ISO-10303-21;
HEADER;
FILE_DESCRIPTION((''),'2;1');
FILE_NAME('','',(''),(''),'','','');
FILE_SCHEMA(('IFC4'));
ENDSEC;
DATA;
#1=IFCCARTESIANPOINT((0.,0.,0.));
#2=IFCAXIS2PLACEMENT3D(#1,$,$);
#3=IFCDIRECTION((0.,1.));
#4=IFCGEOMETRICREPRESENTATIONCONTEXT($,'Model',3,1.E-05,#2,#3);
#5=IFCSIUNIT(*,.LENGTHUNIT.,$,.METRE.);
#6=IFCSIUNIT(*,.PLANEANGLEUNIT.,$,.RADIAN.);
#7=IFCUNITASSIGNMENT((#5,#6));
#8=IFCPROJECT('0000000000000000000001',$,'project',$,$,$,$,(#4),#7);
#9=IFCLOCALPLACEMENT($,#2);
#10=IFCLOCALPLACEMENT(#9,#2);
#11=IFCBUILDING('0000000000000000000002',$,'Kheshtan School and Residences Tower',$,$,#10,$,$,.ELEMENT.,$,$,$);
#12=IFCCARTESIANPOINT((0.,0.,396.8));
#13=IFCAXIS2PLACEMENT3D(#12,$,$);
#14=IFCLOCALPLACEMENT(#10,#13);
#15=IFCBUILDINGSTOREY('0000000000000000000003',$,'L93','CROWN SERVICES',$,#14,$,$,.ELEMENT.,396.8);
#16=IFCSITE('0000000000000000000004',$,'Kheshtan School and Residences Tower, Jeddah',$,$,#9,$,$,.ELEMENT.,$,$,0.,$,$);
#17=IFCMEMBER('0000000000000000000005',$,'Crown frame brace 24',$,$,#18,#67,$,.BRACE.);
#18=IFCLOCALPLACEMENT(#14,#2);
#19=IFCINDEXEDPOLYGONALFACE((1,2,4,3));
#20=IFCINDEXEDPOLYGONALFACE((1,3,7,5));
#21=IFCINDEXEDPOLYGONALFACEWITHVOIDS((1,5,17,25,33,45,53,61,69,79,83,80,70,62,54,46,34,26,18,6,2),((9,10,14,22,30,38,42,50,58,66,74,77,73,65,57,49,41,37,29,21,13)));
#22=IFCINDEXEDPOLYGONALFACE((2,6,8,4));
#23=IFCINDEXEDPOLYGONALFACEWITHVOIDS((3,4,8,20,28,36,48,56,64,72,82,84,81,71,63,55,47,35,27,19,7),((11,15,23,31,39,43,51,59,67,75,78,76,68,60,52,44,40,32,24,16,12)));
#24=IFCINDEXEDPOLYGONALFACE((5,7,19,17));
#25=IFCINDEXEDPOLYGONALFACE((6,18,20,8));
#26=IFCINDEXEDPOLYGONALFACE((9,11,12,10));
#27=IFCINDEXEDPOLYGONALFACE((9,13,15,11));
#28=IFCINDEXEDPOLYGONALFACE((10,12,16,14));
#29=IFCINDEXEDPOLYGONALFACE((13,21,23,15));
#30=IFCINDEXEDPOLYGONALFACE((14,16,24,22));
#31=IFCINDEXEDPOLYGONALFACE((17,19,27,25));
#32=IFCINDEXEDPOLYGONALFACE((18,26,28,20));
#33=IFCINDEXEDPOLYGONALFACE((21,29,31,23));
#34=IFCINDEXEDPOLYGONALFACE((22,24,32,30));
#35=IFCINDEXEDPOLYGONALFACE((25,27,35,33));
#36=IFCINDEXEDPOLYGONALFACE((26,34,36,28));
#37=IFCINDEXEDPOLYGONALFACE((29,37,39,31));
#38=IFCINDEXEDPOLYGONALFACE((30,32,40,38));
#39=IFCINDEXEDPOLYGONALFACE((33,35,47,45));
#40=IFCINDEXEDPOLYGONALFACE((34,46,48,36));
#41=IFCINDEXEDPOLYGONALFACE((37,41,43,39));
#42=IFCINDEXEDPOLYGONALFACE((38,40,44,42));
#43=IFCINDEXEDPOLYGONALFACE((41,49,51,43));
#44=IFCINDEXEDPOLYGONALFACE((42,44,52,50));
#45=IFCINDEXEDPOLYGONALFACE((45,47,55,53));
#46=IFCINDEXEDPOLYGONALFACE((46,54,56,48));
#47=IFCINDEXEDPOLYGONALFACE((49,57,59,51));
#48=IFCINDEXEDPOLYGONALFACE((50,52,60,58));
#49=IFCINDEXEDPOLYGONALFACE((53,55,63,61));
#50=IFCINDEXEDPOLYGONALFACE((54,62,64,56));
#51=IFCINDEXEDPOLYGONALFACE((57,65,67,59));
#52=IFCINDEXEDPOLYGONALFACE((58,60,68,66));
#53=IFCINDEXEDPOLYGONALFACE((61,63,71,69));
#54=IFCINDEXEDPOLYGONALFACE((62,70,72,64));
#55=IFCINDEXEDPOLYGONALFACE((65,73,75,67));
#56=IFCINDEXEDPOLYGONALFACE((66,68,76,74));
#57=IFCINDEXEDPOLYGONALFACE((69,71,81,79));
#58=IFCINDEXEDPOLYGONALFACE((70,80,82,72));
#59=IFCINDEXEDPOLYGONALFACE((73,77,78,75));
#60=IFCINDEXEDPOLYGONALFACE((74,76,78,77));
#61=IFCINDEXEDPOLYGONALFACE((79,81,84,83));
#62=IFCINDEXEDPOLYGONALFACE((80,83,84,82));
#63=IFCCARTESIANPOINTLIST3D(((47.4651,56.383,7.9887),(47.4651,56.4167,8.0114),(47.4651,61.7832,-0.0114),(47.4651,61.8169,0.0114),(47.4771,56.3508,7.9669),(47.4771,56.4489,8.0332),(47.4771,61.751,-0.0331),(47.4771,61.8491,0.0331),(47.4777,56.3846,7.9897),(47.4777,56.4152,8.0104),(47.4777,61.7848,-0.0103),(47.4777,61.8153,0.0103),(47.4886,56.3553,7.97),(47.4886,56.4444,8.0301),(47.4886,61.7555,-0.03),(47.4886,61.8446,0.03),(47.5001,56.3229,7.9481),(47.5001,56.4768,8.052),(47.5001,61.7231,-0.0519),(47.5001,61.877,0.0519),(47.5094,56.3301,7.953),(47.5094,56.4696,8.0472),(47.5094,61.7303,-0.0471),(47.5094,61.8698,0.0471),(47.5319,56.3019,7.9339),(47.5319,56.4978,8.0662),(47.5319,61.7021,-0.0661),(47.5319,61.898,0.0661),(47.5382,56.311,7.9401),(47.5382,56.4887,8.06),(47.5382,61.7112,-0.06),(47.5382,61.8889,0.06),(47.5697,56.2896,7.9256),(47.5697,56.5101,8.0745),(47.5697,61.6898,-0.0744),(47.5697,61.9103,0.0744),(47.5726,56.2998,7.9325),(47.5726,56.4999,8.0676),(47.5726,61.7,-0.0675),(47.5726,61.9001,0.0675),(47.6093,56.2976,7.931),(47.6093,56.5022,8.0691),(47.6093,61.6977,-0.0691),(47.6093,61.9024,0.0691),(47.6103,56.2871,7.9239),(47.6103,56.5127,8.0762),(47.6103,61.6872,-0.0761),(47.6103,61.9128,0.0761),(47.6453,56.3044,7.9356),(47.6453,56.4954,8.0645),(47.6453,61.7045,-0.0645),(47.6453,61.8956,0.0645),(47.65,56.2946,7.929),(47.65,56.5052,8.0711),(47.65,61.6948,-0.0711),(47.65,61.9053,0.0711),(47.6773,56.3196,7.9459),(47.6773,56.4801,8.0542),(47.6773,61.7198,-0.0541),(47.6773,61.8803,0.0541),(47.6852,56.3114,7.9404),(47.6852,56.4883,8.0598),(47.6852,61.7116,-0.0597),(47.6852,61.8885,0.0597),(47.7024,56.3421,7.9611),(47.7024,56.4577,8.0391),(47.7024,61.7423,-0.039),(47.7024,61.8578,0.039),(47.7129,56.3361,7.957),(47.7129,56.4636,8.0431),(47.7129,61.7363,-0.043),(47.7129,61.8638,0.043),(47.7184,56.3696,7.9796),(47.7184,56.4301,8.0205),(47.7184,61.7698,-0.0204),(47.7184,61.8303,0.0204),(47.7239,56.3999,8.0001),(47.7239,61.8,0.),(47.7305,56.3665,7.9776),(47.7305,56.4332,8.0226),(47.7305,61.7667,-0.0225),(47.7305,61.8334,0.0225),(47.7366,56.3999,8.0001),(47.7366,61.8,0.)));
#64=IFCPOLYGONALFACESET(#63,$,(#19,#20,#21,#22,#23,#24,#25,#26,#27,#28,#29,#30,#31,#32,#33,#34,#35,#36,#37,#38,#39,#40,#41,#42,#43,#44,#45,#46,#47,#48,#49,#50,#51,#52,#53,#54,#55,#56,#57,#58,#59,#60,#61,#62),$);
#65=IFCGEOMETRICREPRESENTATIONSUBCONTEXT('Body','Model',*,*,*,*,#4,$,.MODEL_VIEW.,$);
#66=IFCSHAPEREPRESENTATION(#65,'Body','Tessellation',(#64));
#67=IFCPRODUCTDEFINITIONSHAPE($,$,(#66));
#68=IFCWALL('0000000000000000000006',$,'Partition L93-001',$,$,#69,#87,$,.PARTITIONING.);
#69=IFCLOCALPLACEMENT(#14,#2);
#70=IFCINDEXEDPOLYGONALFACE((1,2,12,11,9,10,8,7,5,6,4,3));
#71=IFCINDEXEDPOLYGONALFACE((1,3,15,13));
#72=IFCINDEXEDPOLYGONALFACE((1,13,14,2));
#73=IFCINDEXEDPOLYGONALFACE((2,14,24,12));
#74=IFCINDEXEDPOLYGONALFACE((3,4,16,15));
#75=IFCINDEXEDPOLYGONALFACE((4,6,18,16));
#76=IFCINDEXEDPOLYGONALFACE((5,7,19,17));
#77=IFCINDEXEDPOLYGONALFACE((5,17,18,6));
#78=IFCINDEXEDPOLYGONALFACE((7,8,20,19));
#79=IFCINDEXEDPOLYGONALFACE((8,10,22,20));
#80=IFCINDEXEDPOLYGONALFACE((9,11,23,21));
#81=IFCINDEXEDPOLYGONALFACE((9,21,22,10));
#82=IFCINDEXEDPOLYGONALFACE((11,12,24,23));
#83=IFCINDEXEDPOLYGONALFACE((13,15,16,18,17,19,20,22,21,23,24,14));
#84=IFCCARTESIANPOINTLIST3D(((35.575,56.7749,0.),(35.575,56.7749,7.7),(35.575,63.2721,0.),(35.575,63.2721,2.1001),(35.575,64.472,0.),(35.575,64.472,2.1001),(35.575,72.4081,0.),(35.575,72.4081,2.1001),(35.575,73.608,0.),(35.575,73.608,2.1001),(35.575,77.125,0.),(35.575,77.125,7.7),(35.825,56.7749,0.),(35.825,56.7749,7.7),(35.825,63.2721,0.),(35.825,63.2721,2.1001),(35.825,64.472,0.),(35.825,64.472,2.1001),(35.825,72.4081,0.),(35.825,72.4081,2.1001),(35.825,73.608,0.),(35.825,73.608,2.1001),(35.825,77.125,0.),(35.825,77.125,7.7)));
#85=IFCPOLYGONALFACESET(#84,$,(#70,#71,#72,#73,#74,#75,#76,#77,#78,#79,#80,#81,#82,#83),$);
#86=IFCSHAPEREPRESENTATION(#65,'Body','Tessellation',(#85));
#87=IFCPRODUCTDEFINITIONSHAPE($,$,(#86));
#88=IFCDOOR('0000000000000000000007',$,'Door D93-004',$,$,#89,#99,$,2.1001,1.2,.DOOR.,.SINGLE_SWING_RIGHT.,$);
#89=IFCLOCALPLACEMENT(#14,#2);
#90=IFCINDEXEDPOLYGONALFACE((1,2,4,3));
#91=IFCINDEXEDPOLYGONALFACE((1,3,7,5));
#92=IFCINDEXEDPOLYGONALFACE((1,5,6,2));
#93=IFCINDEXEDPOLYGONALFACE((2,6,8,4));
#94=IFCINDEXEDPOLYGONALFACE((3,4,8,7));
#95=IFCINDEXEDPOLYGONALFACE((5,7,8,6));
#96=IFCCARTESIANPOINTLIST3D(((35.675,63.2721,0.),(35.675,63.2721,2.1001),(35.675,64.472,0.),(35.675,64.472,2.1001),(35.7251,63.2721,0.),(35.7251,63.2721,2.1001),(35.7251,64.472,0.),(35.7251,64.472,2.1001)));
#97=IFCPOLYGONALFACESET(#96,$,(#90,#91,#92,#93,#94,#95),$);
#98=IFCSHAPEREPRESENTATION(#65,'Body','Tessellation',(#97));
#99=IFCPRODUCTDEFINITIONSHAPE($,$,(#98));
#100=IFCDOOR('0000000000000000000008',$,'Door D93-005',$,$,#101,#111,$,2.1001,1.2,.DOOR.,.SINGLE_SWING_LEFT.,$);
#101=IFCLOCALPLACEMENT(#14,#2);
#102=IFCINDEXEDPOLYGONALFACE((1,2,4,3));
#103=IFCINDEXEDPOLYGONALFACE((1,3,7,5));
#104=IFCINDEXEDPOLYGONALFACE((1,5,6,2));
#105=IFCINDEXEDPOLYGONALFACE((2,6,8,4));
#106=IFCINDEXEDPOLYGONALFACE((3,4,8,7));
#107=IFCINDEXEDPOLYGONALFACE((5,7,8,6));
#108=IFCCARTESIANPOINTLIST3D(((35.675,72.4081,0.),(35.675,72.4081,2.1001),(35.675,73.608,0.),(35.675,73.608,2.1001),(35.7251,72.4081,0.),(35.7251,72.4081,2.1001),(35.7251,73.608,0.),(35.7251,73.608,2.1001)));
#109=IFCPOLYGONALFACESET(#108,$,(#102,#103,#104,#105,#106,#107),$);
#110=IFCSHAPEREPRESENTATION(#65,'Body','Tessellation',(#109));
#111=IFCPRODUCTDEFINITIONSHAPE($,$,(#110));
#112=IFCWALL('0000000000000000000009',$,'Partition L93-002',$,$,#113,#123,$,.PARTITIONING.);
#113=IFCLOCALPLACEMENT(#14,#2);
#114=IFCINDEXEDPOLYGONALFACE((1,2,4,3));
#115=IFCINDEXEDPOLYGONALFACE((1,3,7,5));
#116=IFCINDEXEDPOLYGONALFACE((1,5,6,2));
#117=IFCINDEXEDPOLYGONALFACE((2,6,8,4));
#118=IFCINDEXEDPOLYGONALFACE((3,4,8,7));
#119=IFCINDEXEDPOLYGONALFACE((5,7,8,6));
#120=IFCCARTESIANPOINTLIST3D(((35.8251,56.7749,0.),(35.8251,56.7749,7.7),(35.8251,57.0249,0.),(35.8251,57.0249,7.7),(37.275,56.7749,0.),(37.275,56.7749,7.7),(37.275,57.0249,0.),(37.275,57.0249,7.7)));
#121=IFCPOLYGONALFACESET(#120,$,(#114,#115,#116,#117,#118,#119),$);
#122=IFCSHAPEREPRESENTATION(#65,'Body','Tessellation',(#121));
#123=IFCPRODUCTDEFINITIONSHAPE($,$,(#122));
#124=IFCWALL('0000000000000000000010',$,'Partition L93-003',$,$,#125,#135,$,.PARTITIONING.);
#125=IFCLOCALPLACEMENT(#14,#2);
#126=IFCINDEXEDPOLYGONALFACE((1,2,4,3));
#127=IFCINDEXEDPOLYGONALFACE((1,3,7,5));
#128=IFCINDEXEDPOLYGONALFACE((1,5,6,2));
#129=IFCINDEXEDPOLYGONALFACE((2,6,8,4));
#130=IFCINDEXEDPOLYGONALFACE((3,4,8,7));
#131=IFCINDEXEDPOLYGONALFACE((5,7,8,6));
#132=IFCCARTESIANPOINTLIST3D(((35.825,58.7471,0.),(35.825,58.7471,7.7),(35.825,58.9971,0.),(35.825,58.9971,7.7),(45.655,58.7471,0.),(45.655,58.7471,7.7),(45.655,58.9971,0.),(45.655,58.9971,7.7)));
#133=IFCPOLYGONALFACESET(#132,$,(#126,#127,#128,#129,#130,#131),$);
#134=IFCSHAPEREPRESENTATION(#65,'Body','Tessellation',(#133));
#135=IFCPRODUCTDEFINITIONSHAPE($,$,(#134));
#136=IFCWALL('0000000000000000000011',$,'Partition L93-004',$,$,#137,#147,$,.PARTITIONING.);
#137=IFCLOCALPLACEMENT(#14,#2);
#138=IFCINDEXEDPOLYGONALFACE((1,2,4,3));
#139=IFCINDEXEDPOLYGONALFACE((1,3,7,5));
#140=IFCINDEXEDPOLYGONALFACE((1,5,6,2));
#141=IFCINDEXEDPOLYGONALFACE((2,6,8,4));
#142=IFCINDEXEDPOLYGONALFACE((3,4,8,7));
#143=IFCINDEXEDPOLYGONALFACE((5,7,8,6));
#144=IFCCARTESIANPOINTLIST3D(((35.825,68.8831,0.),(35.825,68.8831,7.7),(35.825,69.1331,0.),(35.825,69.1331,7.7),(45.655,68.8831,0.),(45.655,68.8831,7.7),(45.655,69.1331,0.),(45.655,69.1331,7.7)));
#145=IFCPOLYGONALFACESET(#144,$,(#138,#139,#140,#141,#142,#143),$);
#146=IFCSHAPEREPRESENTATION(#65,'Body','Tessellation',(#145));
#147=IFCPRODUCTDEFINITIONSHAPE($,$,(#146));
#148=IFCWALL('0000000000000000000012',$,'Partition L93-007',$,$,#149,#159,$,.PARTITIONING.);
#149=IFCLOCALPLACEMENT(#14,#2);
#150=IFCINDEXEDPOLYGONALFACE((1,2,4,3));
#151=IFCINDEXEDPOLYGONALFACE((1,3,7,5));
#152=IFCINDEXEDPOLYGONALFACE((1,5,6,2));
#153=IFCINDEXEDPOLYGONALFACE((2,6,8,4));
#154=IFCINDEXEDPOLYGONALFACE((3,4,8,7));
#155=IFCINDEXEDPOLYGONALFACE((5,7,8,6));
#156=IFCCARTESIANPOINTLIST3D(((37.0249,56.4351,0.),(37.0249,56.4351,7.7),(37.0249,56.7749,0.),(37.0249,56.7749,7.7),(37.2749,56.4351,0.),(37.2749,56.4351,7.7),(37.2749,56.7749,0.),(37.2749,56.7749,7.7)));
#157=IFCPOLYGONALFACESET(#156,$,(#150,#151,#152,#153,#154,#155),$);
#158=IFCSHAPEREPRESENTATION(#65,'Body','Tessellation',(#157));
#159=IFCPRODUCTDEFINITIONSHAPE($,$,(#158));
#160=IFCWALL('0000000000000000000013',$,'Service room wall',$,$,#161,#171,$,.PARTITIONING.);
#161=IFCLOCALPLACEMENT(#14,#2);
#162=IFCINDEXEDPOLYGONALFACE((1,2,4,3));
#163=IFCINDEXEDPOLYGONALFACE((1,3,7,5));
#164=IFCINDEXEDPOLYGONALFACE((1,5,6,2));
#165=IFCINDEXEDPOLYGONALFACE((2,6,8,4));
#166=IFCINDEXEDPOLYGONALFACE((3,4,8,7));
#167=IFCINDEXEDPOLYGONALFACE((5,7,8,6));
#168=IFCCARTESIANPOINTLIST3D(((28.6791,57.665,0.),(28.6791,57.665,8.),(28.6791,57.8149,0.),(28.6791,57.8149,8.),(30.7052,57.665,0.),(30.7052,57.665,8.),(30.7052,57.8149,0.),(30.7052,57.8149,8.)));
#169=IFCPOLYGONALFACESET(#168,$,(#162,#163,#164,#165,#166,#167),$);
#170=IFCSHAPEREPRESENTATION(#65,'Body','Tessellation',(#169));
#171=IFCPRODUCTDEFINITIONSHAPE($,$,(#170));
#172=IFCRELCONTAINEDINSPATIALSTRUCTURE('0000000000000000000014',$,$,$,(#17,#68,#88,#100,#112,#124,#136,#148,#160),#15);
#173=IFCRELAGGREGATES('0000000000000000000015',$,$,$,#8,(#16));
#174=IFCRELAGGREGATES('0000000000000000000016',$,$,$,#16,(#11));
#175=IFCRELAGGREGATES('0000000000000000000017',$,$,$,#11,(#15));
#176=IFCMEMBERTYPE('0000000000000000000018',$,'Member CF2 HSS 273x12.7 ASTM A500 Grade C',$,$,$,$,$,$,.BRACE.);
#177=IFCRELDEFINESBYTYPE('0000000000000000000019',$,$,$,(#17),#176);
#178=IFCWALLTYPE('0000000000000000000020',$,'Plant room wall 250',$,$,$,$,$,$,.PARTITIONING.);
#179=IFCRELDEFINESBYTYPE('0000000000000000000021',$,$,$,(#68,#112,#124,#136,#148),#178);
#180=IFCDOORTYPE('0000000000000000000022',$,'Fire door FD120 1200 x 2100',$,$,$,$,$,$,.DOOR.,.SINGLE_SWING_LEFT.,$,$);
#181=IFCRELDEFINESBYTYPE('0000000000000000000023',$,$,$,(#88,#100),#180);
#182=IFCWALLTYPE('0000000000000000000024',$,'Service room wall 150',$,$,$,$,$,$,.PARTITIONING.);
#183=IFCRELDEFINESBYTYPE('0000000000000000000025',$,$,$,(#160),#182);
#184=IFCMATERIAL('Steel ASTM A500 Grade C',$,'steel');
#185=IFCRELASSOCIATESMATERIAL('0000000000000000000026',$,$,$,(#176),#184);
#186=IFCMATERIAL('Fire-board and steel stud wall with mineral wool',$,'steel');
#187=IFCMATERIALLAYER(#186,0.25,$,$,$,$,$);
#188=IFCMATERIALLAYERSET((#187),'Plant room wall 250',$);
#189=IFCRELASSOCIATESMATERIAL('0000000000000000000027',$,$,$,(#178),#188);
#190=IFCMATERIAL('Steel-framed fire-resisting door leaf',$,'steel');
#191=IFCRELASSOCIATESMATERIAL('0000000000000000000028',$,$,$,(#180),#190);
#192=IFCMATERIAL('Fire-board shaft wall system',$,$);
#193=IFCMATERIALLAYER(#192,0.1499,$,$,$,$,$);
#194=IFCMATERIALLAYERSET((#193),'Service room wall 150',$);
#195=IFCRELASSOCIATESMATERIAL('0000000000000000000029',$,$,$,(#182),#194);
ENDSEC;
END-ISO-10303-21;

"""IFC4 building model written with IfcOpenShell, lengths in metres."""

from ifc_helpers import new_model, si_unit, direction, frame, frame_2d, origin, origin_2d, place, context, subcontext, project, spatial, rectangle, hollow_circle, extrude, source, transform, mapped, material, layer, layer_set, material_profile, profile_set, type_object, element, fill, save


model = new_model("IFC4")

# Units and contexts
model_context = context("Model", 3, precision=1e-05, world=origin(), true_north=direction((0.0, 1.0)))
body_context = subcontext(model_context, "Body", "Model", "MODEL_VIEW")
ifc_project = project(units=[si_unit("LENGTHUNIT", "METRE"), si_unit("PLANEANGLEUNIT", "RADIAN")], contexts=[model_context])

# Site, building, storey
site_placement = place(None, origin())
site = spatial("IfcSite", under=ifc_project, at=site_placement, Name="Kheshtan School and Residences Tower, Jeddah", CompositionType="ELEMENT", RefElevation=0.0)
building_placement = place(site_placement, origin())
building = spatial("IfcBuilding", under=site, at=building_placement, Name="Kheshtan School and Residences Tower", CompositionType="ELEMENT")
storey_placement = place(building_placement, frame((0.0, 0.0, 396.8)))
storey = spatial("IfcBuildingStorey", under=building, at=storey_placement, Name="L93", Description="CROWN SERVICES", CompositionType="ELEMENT", Elevation=396.8)

# Shared definitions
ifc_material_1 = material(Name="Steel ASTM A500 Grade C", Category="steel")

# Member
ifc_material_profile_1 = material_profile(ifc_material_1, hollow_circle(Radius=0.1365, WallThickness=0.0127, at=origin_2d()), Name="HSS 273x12.7")
ifc_profile_set_1 = profile_set([ifc_material_profile_1], Name="Steel ASTM A500 Grade C")
member_type = type_object("IfcMemberType", Name="Member CF2 HSS 273x12.7 ASTM A500 Grade C", PredefinedType="BRACE", material=ifc_profile_set_1)
member_placement = place(storey_placement, frame((47.6001, 61.8, 0.0), z_axis=(0.0, -0.559483, 0.828842), x_axis=(1.0, 0.0, 0.0)))
element("IfcMember", 1, at=member_placement, inside=storey, type_object=member_type, Name="Crown frame brace 24", PredefinedType="BRACE", context=body_context, shape_type="SweptSolid", body=[
    extrude(hollow_circle(Radius=0.1365, WallThickness=0.0127, at=origin_2d()), origin(), (0.0, 0.0, 1.0), 9.6521),
])

# Wall, openings, doors
ifc_material_2 = material(Name="Fire-board and steel stud wall with mineral wool", Category="steel")
ifc_layer_1 = layer(ifc_material_2, 0.25)
ifc_layer_set_1 = layer_set([ifc_layer_1], Name="Plant room wall 250")
wall_type_1 = type_object("IfcWallType", Name="Plant room wall 250", PredefinedType="PARTITIONING", material=ifc_layer_set_1)
wall_1_placement = place(storey_placement, frame((35.7, 56.7749, 0.0), z_axis=(0.0, 0.0, 1.0), x_axis=(0.0, 1.0, 0.0)))
wall_1 = element("IfcWall", 2, at=wall_1_placement, inside=storey, type_object=wall_type_1, Name="Partition L93-001", PredefinedType="PARTITIONING", context=body_context, shape_type="SweptSolid", body=[
    extrude(rectangle(XDim=20.3501, YDim=0.25, at=frame_2d((10.175, 0.0))), origin(), (0.0, 0.0, 1.0), 7.7),
])
opening_1_placement = place(wall_1_placement, frame((6.4971, 0.0, 0.0)))
opening_1 = element("IfcOpeningElement", 3, at=opening_1_placement, cuts=wall_1, PredefinedType="OPENING", context=body_context, shape_type="SweptSolid", body=[
    extrude(rectangle(XDim=1.2, YDim=2.1001, at=frame_2d((0.6001, 1.05))), frame((0.0, 0.135, 0.0), z_axis=(0.0, -1.0, 0.0), x_axis=(1.0, 0.0, 0.0)), (0.0, 0.0, 1.0), 0.27),
])
opening_2_placement = place(wall_1_placement, frame((15.6331, 0.0, 0.0)))
opening_2 = element("IfcOpeningElement", 4, at=opening_2_placement, cuts=wall_1, PredefinedType="OPENING", context=body_context, shape_type="SweptSolid", body=[
    extrude(rectangle(XDim=1.2, YDim=2.1001, at=frame_2d((0.6001, 1.05))), frame((0.0, 0.135, 0.0), z_axis=(0.0, -1.0, 0.0), x_axis=(1.0, 0.0, 0.0)), (0.0, 0.0, 1.0), 0.27),
])
ifc_material_3 = material(Name="Steel-framed fire-resisting door leaf", Category="steel")
door_type_1 = type_object("IfcDoorType", Name="Fire door FD120 1200 x 2100", OperationType="SINGLE_SWING_LEFT", PredefinedType="DOOR", material=ifc_material_3)
shared_shape_1 = source(origin(), body_context, "Body", "SweptSolid", [
    extrude(rectangle(XDim=1.2, YDim=2.1001, at=frame_2d((0.6001, 1.05))), frame((0.0, 0.0249, 0.0), z_axis=(0.0, -1.0, 0.0), x_axis=(1.0, 0.0, 0.0)), (0.0, 0.0, 1.0), 0.05),
])
door_1_placement = place(opening_1_placement, origin())
door_1 = element("IfcDoor", 5, at=door_1_placement, inside=storey, type_object=door_type_1, Name="Door D93-004", OperationType="SINGLE_SWING_RIGHT", OverallHeight=2.1001, OverallWidth=1.2, PredefinedType="DOOR", context=body_context, shape_type="MappedRepresentation", body=[
    mapped(shared_shape_1, transform((0.0, 0.0, 0.0), x_axis=(1.0, 0.0, 0.0), y_axis=(0.0, 1.0, 0.0), z_axis=(0.0, 0.0, 1.0), scale=1.0)),
])
fill(opening_1, door_1)
door_2_placement = place(opening_2_placement, origin())
door_2 = element("IfcDoor", 6, at=door_2_placement, inside=storey, type_object=door_type_1, Name="Door D93-005", OperationType="SINGLE_SWING_LEFT", OverallHeight=2.1001, OverallWidth=1.2, PredefinedType="DOOR", context=body_context, shape_type="MappedRepresentation", body=[
    mapped(shared_shape_1, transform((0.0, 0.0, 0.0), x_axis=(1.0, 0.0, 0.0), y_axis=(0.0, 1.0, 0.0), z_axis=(0.0, 0.0, 1.0), scale=1.0)),
])
fill(opening_2, door_2)

# Walls
wall_2_placement = place(storey_placement, frame((35.825, 56.8999, 0.0), z_axis=(0.0, 0.0, 1.0), x_axis=(1.0, 0.0, 0.0)))
element("IfcWall", 7, at=wall_2_placement, inside=storey, type_object=wall_type_1, Name="Partition L93-002", PredefinedType="PARTITIONING", context=body_context, shape_type="SweptSolid", body=[
    extrude(rectangle(XDim=1.45, YDim=0.25, at=frame_2d((0.7251, 0.0))), origin(), (0.0, 0.0, 1.0), 7.7),
])
for number, where, z_axis, x_axis, name in (
    (8, (35.825, 58.8721, 0.0), (0.0, 0.0, 1.0), (1.0, 0.0, 0.0), "Partition L93-003"),
    (9, (35.825, 69.0081, 0.0), (0.0, 0.0, 1.0), (1.0, 0.0, 0.0), "Partition L93-004"),
):
    element("IfcWall", number, at=place(storey_placement, frame(where, z_axis=z_axis, x_axis=x_axis)), inside=storey, type_object=wall_type_1, Name=name, PredefinedType="PARTITIONING", context=body_context, shape_type="SweptSolid", body=[
        extrude(rectangle(XDim=9.8301, YDim=0.25, at=frame_2d((4.915, 0.0))), origin(), (0.0, 0.0, 1.0), 7.7),
    ])
wall_3_placement = place(storey_placement, frame((37.1499, 56.4351, 0.0), z_axis=(0.0, 0.0, 1.0), x_axis=(0.0, 1.0, 0.0)))
element("IfcWall", 10, at=wall_3_placement, inside=storey, type_object=wall_type_1, Name="Partition L93-007", PredefinedType="PARTITIONING", context=body_context, shape_type="SweptSolid", body=[
    extrude(rectangle(XDim=0.3398, YDim=0.25, at=frame_2d((0.1699, 0.0))), origin(), (0.0, 0.0, 1.0), 7.7),
])
ifc_material_4 = material(Name="Fire-board shaft wall system")
ifc_layer_2 = layer(ifc_material_4, 0.1499)
ifc_layer_set_2 = layer_set([ifc_layer_2], Name="Service room wall 150")
wall_type_2 = type_object("IfcWallType", Name="Service room wall 150", PredefinedType="PARTITIONING", material=ifc_layer_set_2)
wall_4_placement = place(storey_placement, frame((28.679, 57.74, 0.0), z_axis=(0.0, 0.0, 1.0), x_axis=(1.0, 0.0, 0.0)))
element("IfcWall", 11, at=wall_4_placement, inside=storey, type_object=wall_type_2, Name="Service room wall", PredefinedType="PARTITIONING", context=body_context, shape_type="SweptSolid", body=[
    extrude(rectangle(XDim=2.0261, YDim=0.1499, at=frame_2d((1.0132, 0.0))), origin(), (0.0, 0.0, 1.0), 8.0),
])

save(model, "model.ifc")
